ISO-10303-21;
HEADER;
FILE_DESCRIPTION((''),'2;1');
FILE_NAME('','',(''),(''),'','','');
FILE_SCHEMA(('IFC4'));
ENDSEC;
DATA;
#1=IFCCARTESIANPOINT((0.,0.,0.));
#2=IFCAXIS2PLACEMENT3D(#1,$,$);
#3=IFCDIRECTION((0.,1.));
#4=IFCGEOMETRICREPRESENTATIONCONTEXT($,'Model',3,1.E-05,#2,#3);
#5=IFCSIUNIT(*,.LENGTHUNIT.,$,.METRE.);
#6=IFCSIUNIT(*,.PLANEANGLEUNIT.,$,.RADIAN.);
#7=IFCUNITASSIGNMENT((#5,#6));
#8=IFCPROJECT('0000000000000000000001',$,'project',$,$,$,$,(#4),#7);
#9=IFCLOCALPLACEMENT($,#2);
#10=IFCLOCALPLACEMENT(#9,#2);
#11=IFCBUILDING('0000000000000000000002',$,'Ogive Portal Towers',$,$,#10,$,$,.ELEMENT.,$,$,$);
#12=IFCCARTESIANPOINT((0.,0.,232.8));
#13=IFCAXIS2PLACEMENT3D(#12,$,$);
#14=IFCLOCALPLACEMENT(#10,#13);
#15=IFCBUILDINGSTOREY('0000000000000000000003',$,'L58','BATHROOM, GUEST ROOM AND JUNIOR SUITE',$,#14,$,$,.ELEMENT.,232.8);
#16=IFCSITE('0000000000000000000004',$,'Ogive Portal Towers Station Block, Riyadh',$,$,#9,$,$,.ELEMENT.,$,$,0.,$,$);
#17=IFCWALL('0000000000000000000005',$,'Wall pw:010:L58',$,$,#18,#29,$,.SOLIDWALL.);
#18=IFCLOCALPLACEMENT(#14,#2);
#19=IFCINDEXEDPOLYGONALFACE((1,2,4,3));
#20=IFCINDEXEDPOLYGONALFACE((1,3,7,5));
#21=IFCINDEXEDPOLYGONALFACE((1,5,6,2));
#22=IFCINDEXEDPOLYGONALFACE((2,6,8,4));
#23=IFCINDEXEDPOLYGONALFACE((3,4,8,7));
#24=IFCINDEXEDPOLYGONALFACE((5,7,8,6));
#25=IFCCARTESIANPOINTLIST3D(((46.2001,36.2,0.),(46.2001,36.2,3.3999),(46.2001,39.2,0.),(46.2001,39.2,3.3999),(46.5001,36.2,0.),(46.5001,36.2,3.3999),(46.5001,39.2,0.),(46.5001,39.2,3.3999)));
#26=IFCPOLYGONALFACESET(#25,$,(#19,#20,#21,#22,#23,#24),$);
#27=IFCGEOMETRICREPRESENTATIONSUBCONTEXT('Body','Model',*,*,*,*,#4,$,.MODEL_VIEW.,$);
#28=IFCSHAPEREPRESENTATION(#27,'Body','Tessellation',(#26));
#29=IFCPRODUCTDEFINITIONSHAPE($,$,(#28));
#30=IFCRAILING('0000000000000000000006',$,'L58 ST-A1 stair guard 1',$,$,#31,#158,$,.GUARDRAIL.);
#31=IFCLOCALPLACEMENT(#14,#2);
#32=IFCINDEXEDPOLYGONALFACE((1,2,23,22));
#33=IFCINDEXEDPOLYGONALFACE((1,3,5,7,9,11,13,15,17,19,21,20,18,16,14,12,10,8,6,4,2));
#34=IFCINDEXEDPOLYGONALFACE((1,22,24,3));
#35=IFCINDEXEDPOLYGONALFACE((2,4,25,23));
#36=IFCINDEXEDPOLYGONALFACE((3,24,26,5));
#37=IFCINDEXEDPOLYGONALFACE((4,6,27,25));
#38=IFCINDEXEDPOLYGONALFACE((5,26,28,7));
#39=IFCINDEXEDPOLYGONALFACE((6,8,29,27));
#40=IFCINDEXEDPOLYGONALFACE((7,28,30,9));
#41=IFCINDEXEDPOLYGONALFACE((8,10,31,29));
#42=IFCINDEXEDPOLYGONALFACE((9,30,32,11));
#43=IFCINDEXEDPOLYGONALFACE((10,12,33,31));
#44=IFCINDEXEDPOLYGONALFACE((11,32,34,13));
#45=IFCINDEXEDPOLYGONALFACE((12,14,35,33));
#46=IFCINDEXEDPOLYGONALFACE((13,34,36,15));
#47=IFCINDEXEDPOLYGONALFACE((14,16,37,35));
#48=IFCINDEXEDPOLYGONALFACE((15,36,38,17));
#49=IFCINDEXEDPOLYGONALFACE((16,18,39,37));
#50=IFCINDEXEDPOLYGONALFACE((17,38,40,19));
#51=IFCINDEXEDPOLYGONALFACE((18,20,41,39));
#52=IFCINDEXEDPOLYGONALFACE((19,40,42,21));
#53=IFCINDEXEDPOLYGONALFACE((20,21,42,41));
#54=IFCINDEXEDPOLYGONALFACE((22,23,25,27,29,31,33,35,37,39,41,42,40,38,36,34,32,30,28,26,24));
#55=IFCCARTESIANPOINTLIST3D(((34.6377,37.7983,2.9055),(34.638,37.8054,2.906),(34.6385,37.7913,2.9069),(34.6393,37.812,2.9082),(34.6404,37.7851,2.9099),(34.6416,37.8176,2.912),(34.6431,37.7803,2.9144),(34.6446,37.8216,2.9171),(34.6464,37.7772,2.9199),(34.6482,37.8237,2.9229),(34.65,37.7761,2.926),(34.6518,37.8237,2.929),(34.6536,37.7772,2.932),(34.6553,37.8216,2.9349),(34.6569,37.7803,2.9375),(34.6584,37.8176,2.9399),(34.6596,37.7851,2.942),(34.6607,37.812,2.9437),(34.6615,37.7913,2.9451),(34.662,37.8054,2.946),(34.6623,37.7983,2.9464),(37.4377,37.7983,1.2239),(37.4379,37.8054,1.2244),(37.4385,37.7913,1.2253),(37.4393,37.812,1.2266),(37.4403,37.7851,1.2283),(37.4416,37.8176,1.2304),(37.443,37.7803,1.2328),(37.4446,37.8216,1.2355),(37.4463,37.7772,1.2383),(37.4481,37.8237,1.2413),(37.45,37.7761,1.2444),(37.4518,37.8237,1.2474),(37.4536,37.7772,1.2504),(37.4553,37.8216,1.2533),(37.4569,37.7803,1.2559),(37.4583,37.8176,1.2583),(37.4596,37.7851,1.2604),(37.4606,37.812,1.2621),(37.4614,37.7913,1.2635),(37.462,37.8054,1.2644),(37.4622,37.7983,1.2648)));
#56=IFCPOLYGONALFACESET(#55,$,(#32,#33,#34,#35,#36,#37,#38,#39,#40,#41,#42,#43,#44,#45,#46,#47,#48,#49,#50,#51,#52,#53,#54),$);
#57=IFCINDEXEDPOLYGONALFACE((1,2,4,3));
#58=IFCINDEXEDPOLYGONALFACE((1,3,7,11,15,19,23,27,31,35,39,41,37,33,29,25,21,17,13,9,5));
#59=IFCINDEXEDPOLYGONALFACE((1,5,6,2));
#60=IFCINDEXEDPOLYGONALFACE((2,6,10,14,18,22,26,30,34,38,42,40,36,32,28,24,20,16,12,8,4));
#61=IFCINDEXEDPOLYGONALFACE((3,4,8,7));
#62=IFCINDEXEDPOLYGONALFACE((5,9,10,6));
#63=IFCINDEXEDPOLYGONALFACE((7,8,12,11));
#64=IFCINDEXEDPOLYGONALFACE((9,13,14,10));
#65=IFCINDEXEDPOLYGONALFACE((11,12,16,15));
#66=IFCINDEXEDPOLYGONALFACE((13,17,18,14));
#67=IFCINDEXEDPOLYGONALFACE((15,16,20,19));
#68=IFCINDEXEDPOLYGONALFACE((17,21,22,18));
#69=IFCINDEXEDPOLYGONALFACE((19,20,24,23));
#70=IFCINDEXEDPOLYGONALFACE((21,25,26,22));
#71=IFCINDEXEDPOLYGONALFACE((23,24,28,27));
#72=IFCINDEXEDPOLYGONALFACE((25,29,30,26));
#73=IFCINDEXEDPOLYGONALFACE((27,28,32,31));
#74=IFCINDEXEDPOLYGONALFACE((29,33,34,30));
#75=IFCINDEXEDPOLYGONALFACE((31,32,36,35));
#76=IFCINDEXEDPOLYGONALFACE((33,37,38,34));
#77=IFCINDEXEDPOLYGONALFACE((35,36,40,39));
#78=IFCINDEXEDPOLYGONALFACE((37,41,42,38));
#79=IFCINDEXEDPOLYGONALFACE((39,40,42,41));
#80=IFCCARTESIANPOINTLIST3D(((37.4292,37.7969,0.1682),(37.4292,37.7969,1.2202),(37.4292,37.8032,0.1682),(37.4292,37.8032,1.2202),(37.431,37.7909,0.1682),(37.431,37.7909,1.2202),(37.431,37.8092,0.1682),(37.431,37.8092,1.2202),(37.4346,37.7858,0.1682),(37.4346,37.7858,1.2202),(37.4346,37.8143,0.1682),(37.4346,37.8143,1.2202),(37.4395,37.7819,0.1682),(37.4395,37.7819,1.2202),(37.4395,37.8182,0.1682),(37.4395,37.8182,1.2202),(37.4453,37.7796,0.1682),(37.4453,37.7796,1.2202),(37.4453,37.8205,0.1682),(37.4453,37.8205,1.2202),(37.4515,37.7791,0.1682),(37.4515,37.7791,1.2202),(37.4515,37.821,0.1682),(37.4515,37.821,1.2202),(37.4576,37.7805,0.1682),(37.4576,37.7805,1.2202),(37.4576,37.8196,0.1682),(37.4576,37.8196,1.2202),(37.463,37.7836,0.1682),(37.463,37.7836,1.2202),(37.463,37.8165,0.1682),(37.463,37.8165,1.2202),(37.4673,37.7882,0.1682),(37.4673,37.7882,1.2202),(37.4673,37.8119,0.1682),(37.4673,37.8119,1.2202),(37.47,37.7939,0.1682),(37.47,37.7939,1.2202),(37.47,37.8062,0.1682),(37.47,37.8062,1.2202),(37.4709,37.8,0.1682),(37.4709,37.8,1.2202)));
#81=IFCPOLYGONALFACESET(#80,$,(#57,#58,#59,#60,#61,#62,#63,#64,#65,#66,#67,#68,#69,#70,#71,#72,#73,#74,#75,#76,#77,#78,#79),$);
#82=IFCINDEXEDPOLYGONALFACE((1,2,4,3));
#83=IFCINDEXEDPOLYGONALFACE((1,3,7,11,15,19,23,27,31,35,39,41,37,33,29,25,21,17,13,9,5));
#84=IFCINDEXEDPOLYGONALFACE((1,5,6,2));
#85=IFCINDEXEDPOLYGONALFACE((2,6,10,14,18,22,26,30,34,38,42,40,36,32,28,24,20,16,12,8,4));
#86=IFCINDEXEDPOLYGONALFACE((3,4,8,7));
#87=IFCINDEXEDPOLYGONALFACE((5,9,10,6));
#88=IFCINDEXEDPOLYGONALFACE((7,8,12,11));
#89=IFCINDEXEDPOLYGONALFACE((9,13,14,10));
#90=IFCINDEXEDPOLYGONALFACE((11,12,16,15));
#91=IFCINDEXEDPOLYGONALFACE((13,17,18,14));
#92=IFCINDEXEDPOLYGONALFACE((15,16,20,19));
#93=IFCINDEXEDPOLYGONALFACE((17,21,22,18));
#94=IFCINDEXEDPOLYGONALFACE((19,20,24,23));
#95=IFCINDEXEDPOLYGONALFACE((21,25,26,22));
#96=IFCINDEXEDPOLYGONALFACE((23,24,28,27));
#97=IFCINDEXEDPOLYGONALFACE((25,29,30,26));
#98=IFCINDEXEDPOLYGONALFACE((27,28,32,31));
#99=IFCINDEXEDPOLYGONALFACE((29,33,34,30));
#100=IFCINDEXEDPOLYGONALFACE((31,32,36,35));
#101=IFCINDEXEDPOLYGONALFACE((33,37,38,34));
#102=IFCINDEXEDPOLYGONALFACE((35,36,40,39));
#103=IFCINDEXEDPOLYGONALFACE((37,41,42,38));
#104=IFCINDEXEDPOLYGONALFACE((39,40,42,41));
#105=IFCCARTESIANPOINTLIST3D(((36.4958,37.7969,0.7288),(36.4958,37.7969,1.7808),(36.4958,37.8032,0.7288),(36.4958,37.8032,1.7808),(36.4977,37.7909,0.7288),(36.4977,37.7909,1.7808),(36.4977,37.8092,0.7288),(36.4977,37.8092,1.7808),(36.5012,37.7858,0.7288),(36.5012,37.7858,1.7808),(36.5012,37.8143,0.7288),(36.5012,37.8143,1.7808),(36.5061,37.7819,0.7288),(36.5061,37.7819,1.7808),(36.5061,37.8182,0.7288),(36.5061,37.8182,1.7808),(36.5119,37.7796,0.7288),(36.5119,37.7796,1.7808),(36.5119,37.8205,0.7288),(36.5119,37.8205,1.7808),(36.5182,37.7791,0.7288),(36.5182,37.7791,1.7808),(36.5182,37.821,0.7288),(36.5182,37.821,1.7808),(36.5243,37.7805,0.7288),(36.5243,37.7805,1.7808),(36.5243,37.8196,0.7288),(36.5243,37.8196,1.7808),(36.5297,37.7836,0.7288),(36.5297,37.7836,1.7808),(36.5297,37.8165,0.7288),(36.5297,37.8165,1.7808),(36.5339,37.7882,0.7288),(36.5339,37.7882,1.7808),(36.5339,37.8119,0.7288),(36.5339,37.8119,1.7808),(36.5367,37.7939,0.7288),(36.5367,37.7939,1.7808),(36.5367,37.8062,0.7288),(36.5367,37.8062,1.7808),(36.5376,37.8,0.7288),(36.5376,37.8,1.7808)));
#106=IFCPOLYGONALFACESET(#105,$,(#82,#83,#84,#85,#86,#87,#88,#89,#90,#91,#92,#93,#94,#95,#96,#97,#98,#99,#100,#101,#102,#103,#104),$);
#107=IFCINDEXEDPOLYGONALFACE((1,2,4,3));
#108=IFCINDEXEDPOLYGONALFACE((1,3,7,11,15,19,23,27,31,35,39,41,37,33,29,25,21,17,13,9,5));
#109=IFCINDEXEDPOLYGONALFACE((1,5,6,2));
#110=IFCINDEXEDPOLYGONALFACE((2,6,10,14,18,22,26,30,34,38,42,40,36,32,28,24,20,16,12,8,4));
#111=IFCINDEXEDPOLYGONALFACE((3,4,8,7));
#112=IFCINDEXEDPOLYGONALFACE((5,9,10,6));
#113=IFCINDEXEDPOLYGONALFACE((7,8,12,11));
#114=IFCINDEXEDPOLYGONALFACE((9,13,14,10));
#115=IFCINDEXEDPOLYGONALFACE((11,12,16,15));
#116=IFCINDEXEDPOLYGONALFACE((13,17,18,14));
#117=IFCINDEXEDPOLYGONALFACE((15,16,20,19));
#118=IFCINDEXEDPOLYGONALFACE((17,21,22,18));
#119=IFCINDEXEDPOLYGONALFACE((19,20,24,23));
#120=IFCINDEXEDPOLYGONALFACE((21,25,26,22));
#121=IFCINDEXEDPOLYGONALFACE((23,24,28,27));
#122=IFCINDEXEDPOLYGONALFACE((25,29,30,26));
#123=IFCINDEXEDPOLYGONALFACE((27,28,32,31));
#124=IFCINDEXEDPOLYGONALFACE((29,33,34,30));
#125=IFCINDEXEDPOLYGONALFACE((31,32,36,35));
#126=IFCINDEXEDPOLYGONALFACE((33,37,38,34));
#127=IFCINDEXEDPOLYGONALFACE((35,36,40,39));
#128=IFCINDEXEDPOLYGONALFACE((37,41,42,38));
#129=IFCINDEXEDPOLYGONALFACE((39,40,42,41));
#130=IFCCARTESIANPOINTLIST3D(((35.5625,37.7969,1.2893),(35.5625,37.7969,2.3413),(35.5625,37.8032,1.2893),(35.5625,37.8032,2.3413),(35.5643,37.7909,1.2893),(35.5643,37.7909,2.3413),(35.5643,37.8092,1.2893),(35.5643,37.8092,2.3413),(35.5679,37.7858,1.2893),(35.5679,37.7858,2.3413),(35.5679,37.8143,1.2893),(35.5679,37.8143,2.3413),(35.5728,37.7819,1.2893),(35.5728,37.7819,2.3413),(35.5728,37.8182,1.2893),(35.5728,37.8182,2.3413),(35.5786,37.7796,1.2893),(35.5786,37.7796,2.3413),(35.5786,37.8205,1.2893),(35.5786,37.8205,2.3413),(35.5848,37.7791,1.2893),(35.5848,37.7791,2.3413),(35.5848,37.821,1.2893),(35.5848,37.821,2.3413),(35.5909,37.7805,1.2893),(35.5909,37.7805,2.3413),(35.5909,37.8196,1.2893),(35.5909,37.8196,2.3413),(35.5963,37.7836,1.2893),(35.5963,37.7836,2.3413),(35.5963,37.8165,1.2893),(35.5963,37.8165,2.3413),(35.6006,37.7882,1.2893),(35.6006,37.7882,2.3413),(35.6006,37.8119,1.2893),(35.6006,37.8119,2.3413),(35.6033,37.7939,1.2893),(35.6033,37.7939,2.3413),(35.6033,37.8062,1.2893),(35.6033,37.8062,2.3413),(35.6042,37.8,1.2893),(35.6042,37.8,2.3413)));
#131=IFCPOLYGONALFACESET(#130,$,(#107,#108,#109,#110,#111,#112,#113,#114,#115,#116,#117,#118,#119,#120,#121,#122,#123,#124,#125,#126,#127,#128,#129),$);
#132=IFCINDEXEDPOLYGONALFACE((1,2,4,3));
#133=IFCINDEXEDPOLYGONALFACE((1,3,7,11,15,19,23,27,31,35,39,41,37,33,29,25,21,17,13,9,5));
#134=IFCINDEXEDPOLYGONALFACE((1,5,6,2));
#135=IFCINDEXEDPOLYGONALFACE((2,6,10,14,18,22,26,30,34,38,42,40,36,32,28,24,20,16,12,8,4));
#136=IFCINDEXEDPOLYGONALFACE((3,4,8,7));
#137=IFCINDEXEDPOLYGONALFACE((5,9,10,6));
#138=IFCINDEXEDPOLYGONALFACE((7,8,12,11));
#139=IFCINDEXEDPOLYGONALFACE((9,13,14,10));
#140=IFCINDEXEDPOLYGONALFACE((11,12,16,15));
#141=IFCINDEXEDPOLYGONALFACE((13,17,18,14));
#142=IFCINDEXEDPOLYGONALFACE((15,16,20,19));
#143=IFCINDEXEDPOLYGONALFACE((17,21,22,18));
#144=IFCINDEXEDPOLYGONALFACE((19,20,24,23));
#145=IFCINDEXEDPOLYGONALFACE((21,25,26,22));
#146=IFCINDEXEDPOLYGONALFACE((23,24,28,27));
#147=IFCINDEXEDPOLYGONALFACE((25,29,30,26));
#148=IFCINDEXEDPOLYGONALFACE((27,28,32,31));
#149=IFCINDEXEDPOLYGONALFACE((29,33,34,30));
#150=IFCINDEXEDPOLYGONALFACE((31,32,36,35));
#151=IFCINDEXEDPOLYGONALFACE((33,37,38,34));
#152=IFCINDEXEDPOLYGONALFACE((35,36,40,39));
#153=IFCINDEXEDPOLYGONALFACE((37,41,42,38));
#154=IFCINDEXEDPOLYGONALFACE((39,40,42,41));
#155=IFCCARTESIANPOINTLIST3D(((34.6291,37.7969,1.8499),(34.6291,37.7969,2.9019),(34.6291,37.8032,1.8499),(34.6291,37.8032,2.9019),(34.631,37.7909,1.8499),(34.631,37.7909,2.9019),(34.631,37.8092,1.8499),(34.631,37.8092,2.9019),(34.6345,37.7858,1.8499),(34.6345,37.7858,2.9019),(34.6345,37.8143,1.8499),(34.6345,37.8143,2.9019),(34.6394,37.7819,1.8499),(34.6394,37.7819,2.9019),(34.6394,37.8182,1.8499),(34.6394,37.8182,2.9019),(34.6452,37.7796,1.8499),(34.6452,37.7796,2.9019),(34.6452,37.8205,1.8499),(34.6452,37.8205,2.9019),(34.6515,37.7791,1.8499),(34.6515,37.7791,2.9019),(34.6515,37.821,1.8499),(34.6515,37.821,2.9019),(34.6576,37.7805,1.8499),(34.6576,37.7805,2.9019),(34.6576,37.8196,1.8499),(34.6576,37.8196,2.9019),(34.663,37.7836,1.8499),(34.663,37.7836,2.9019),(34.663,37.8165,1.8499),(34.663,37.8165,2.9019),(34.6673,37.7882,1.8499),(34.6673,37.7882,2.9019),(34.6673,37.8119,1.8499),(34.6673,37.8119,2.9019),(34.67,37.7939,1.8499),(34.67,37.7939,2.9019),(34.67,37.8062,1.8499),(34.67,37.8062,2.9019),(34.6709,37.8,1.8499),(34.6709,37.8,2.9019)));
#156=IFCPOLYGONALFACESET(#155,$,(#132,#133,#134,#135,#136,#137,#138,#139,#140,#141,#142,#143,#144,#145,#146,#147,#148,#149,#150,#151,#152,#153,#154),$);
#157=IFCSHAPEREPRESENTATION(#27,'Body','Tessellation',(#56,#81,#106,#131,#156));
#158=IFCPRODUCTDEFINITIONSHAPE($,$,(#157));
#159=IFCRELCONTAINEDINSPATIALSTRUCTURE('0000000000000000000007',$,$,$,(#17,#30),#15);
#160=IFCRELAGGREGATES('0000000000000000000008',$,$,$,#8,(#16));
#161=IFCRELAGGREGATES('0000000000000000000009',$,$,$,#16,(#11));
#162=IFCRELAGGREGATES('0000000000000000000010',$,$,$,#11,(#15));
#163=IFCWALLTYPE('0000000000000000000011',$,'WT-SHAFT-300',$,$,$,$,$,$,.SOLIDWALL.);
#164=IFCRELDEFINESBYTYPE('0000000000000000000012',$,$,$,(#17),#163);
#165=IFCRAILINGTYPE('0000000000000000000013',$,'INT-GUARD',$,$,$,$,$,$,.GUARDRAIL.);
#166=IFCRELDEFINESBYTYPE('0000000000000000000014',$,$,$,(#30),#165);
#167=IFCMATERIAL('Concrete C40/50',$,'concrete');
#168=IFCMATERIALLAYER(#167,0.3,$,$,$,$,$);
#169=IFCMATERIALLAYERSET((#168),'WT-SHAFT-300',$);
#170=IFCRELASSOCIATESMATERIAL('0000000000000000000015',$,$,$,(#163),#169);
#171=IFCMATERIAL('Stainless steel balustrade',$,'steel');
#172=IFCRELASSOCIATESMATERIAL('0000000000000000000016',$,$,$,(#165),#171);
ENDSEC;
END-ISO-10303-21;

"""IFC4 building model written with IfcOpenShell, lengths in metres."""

from ifc_helpers import new_model, si_unit, direction, frame, frame_2d, origin, origin_2d, place, context, subcontext, project, spatial, rectangle, circle, extrude, material, layer, layer_set, type_object, element, save


model = new_model("IFC4")

# Units and contexts
model_context = context("Model", 3, precision=1e-05, world=origin(), true_north=direction((0.0, 1.0)))
body_context = subcontext(model_context, "Body", "Model", "MODEL_VIEW")
ifc_project = project(units=[si_unit("LENGTHUNIT", "METRE"), si_unit("PLANEANGLEUNIT", "RADIAN")], contexts=[model_context])

# Site, building, storey
site_placement = place(None, origin())
site = spatial("IfcSite", under=ifc_project, at=site_placement, Name="Ogive Portal Towers Station Block, Riyadh", CompositionType="ELEMENT", RefElevation=0.0)
building_placement = place(site_placement, origin())
building = spatial("IfcBuilding", under=site, at=building_placement, Name="Ogive Portal Towers", CompositionType="ELEMENT")
storey_placement = place(building_placement, frame((0.0, 0.0, 232.8)))
storey = spatial("IfcBuildingStorey", under=building, at=storey_placement, Name="L58", Description="BATHROOM, GUEST ROOM AND JUNIOR SUITE", CompositionType="ELEMENT", Elevation=232.8)

# Wall
ifc_material_1 = material(Name="Concrete C40/50", Category="concrete")
ifc_layer_1 = layer(ifc_material_1, 0.3)
ifc_layer_set_1 = layer_set([ifc_layer_1], Name="WT-SHAFT-300")
wall_type_1 = type_object("IfcWallType", Name="WT-SHAFT-300", PredefinedType="SOLIDWALL", material=ifc_layer_set_1)
wall_1_placement = place(storey_placement, frame((46.3501, 36.2, 0.0), z_axis=(0.0, 0.0, 1.0), x_axis=(0.0, 1.0, 0.0)))
element("IfcWall", 1, at=wall_1_placement, inside=storey, type_object=wall_type_1, Name="Wall pw:010:L58", PredefinedType="SOLIDWALL", context=body_context, shape_type="SweptSolid", body=[
    extrude(rectangle(XDim=3.0, YDim=0.3, at=frame_2d((1.5, 0.0))), origin(), (0.0, 0.0, 1.0), 3.3999),
])

# Railing
ifc_material_2 = material(Name="Stainless steel balustrade", Category="steel")
railing_type_1 = type_object("IfcRailingType", Name="INT-GUARD", PredefinedType="GUARDRAIL", material=ifc_material_2)
railing_1_placement = place(storey_placement, frame((37.45, 37.8, 0.1682)))
element("IfcRailing", 2, at=railing_1_placement, inside=storey, type_object=railing_type_1, Name="L58 ST-A1 stair guard 1", PredefinedType="GUARDRAIL", context=body_context, shape_type="SweptSolid", body=[
    extrude(circle(Radius=0.0239, at=origin_2d()), frame((0.0, 0.0, 1.0762), z_axis=(-0.857275, 0.0, 0.514858), x_axis=(0.0, -1.0, 0.0)), (0.0, 0.0, 1.0), 3.2661),
    extrude(circle(Radius=0.021, at=origin_2d()), origin(), (0.0, 0.0, 1.0), 1.052),
    extrude(circle(Radius=0.021, at=origin_2d()), frame((-0.9333, 0.0, 0.5605)), (0.0, 0.0, 1.0), 1.052),
    extrude(circle(Radius=0.021, at=origin_2d()), frame((-1.8667, 0.0, 1.1211)), (0.0, 0.0, 1.0), 1.052),
    extrude(circle(Radius=0.021, at=origin_2d()), frame((-2.8, 0.0, 1.6816)), (0.0, 0.0, 1.0), 1.052),
])

save(model, "model.ifc")
